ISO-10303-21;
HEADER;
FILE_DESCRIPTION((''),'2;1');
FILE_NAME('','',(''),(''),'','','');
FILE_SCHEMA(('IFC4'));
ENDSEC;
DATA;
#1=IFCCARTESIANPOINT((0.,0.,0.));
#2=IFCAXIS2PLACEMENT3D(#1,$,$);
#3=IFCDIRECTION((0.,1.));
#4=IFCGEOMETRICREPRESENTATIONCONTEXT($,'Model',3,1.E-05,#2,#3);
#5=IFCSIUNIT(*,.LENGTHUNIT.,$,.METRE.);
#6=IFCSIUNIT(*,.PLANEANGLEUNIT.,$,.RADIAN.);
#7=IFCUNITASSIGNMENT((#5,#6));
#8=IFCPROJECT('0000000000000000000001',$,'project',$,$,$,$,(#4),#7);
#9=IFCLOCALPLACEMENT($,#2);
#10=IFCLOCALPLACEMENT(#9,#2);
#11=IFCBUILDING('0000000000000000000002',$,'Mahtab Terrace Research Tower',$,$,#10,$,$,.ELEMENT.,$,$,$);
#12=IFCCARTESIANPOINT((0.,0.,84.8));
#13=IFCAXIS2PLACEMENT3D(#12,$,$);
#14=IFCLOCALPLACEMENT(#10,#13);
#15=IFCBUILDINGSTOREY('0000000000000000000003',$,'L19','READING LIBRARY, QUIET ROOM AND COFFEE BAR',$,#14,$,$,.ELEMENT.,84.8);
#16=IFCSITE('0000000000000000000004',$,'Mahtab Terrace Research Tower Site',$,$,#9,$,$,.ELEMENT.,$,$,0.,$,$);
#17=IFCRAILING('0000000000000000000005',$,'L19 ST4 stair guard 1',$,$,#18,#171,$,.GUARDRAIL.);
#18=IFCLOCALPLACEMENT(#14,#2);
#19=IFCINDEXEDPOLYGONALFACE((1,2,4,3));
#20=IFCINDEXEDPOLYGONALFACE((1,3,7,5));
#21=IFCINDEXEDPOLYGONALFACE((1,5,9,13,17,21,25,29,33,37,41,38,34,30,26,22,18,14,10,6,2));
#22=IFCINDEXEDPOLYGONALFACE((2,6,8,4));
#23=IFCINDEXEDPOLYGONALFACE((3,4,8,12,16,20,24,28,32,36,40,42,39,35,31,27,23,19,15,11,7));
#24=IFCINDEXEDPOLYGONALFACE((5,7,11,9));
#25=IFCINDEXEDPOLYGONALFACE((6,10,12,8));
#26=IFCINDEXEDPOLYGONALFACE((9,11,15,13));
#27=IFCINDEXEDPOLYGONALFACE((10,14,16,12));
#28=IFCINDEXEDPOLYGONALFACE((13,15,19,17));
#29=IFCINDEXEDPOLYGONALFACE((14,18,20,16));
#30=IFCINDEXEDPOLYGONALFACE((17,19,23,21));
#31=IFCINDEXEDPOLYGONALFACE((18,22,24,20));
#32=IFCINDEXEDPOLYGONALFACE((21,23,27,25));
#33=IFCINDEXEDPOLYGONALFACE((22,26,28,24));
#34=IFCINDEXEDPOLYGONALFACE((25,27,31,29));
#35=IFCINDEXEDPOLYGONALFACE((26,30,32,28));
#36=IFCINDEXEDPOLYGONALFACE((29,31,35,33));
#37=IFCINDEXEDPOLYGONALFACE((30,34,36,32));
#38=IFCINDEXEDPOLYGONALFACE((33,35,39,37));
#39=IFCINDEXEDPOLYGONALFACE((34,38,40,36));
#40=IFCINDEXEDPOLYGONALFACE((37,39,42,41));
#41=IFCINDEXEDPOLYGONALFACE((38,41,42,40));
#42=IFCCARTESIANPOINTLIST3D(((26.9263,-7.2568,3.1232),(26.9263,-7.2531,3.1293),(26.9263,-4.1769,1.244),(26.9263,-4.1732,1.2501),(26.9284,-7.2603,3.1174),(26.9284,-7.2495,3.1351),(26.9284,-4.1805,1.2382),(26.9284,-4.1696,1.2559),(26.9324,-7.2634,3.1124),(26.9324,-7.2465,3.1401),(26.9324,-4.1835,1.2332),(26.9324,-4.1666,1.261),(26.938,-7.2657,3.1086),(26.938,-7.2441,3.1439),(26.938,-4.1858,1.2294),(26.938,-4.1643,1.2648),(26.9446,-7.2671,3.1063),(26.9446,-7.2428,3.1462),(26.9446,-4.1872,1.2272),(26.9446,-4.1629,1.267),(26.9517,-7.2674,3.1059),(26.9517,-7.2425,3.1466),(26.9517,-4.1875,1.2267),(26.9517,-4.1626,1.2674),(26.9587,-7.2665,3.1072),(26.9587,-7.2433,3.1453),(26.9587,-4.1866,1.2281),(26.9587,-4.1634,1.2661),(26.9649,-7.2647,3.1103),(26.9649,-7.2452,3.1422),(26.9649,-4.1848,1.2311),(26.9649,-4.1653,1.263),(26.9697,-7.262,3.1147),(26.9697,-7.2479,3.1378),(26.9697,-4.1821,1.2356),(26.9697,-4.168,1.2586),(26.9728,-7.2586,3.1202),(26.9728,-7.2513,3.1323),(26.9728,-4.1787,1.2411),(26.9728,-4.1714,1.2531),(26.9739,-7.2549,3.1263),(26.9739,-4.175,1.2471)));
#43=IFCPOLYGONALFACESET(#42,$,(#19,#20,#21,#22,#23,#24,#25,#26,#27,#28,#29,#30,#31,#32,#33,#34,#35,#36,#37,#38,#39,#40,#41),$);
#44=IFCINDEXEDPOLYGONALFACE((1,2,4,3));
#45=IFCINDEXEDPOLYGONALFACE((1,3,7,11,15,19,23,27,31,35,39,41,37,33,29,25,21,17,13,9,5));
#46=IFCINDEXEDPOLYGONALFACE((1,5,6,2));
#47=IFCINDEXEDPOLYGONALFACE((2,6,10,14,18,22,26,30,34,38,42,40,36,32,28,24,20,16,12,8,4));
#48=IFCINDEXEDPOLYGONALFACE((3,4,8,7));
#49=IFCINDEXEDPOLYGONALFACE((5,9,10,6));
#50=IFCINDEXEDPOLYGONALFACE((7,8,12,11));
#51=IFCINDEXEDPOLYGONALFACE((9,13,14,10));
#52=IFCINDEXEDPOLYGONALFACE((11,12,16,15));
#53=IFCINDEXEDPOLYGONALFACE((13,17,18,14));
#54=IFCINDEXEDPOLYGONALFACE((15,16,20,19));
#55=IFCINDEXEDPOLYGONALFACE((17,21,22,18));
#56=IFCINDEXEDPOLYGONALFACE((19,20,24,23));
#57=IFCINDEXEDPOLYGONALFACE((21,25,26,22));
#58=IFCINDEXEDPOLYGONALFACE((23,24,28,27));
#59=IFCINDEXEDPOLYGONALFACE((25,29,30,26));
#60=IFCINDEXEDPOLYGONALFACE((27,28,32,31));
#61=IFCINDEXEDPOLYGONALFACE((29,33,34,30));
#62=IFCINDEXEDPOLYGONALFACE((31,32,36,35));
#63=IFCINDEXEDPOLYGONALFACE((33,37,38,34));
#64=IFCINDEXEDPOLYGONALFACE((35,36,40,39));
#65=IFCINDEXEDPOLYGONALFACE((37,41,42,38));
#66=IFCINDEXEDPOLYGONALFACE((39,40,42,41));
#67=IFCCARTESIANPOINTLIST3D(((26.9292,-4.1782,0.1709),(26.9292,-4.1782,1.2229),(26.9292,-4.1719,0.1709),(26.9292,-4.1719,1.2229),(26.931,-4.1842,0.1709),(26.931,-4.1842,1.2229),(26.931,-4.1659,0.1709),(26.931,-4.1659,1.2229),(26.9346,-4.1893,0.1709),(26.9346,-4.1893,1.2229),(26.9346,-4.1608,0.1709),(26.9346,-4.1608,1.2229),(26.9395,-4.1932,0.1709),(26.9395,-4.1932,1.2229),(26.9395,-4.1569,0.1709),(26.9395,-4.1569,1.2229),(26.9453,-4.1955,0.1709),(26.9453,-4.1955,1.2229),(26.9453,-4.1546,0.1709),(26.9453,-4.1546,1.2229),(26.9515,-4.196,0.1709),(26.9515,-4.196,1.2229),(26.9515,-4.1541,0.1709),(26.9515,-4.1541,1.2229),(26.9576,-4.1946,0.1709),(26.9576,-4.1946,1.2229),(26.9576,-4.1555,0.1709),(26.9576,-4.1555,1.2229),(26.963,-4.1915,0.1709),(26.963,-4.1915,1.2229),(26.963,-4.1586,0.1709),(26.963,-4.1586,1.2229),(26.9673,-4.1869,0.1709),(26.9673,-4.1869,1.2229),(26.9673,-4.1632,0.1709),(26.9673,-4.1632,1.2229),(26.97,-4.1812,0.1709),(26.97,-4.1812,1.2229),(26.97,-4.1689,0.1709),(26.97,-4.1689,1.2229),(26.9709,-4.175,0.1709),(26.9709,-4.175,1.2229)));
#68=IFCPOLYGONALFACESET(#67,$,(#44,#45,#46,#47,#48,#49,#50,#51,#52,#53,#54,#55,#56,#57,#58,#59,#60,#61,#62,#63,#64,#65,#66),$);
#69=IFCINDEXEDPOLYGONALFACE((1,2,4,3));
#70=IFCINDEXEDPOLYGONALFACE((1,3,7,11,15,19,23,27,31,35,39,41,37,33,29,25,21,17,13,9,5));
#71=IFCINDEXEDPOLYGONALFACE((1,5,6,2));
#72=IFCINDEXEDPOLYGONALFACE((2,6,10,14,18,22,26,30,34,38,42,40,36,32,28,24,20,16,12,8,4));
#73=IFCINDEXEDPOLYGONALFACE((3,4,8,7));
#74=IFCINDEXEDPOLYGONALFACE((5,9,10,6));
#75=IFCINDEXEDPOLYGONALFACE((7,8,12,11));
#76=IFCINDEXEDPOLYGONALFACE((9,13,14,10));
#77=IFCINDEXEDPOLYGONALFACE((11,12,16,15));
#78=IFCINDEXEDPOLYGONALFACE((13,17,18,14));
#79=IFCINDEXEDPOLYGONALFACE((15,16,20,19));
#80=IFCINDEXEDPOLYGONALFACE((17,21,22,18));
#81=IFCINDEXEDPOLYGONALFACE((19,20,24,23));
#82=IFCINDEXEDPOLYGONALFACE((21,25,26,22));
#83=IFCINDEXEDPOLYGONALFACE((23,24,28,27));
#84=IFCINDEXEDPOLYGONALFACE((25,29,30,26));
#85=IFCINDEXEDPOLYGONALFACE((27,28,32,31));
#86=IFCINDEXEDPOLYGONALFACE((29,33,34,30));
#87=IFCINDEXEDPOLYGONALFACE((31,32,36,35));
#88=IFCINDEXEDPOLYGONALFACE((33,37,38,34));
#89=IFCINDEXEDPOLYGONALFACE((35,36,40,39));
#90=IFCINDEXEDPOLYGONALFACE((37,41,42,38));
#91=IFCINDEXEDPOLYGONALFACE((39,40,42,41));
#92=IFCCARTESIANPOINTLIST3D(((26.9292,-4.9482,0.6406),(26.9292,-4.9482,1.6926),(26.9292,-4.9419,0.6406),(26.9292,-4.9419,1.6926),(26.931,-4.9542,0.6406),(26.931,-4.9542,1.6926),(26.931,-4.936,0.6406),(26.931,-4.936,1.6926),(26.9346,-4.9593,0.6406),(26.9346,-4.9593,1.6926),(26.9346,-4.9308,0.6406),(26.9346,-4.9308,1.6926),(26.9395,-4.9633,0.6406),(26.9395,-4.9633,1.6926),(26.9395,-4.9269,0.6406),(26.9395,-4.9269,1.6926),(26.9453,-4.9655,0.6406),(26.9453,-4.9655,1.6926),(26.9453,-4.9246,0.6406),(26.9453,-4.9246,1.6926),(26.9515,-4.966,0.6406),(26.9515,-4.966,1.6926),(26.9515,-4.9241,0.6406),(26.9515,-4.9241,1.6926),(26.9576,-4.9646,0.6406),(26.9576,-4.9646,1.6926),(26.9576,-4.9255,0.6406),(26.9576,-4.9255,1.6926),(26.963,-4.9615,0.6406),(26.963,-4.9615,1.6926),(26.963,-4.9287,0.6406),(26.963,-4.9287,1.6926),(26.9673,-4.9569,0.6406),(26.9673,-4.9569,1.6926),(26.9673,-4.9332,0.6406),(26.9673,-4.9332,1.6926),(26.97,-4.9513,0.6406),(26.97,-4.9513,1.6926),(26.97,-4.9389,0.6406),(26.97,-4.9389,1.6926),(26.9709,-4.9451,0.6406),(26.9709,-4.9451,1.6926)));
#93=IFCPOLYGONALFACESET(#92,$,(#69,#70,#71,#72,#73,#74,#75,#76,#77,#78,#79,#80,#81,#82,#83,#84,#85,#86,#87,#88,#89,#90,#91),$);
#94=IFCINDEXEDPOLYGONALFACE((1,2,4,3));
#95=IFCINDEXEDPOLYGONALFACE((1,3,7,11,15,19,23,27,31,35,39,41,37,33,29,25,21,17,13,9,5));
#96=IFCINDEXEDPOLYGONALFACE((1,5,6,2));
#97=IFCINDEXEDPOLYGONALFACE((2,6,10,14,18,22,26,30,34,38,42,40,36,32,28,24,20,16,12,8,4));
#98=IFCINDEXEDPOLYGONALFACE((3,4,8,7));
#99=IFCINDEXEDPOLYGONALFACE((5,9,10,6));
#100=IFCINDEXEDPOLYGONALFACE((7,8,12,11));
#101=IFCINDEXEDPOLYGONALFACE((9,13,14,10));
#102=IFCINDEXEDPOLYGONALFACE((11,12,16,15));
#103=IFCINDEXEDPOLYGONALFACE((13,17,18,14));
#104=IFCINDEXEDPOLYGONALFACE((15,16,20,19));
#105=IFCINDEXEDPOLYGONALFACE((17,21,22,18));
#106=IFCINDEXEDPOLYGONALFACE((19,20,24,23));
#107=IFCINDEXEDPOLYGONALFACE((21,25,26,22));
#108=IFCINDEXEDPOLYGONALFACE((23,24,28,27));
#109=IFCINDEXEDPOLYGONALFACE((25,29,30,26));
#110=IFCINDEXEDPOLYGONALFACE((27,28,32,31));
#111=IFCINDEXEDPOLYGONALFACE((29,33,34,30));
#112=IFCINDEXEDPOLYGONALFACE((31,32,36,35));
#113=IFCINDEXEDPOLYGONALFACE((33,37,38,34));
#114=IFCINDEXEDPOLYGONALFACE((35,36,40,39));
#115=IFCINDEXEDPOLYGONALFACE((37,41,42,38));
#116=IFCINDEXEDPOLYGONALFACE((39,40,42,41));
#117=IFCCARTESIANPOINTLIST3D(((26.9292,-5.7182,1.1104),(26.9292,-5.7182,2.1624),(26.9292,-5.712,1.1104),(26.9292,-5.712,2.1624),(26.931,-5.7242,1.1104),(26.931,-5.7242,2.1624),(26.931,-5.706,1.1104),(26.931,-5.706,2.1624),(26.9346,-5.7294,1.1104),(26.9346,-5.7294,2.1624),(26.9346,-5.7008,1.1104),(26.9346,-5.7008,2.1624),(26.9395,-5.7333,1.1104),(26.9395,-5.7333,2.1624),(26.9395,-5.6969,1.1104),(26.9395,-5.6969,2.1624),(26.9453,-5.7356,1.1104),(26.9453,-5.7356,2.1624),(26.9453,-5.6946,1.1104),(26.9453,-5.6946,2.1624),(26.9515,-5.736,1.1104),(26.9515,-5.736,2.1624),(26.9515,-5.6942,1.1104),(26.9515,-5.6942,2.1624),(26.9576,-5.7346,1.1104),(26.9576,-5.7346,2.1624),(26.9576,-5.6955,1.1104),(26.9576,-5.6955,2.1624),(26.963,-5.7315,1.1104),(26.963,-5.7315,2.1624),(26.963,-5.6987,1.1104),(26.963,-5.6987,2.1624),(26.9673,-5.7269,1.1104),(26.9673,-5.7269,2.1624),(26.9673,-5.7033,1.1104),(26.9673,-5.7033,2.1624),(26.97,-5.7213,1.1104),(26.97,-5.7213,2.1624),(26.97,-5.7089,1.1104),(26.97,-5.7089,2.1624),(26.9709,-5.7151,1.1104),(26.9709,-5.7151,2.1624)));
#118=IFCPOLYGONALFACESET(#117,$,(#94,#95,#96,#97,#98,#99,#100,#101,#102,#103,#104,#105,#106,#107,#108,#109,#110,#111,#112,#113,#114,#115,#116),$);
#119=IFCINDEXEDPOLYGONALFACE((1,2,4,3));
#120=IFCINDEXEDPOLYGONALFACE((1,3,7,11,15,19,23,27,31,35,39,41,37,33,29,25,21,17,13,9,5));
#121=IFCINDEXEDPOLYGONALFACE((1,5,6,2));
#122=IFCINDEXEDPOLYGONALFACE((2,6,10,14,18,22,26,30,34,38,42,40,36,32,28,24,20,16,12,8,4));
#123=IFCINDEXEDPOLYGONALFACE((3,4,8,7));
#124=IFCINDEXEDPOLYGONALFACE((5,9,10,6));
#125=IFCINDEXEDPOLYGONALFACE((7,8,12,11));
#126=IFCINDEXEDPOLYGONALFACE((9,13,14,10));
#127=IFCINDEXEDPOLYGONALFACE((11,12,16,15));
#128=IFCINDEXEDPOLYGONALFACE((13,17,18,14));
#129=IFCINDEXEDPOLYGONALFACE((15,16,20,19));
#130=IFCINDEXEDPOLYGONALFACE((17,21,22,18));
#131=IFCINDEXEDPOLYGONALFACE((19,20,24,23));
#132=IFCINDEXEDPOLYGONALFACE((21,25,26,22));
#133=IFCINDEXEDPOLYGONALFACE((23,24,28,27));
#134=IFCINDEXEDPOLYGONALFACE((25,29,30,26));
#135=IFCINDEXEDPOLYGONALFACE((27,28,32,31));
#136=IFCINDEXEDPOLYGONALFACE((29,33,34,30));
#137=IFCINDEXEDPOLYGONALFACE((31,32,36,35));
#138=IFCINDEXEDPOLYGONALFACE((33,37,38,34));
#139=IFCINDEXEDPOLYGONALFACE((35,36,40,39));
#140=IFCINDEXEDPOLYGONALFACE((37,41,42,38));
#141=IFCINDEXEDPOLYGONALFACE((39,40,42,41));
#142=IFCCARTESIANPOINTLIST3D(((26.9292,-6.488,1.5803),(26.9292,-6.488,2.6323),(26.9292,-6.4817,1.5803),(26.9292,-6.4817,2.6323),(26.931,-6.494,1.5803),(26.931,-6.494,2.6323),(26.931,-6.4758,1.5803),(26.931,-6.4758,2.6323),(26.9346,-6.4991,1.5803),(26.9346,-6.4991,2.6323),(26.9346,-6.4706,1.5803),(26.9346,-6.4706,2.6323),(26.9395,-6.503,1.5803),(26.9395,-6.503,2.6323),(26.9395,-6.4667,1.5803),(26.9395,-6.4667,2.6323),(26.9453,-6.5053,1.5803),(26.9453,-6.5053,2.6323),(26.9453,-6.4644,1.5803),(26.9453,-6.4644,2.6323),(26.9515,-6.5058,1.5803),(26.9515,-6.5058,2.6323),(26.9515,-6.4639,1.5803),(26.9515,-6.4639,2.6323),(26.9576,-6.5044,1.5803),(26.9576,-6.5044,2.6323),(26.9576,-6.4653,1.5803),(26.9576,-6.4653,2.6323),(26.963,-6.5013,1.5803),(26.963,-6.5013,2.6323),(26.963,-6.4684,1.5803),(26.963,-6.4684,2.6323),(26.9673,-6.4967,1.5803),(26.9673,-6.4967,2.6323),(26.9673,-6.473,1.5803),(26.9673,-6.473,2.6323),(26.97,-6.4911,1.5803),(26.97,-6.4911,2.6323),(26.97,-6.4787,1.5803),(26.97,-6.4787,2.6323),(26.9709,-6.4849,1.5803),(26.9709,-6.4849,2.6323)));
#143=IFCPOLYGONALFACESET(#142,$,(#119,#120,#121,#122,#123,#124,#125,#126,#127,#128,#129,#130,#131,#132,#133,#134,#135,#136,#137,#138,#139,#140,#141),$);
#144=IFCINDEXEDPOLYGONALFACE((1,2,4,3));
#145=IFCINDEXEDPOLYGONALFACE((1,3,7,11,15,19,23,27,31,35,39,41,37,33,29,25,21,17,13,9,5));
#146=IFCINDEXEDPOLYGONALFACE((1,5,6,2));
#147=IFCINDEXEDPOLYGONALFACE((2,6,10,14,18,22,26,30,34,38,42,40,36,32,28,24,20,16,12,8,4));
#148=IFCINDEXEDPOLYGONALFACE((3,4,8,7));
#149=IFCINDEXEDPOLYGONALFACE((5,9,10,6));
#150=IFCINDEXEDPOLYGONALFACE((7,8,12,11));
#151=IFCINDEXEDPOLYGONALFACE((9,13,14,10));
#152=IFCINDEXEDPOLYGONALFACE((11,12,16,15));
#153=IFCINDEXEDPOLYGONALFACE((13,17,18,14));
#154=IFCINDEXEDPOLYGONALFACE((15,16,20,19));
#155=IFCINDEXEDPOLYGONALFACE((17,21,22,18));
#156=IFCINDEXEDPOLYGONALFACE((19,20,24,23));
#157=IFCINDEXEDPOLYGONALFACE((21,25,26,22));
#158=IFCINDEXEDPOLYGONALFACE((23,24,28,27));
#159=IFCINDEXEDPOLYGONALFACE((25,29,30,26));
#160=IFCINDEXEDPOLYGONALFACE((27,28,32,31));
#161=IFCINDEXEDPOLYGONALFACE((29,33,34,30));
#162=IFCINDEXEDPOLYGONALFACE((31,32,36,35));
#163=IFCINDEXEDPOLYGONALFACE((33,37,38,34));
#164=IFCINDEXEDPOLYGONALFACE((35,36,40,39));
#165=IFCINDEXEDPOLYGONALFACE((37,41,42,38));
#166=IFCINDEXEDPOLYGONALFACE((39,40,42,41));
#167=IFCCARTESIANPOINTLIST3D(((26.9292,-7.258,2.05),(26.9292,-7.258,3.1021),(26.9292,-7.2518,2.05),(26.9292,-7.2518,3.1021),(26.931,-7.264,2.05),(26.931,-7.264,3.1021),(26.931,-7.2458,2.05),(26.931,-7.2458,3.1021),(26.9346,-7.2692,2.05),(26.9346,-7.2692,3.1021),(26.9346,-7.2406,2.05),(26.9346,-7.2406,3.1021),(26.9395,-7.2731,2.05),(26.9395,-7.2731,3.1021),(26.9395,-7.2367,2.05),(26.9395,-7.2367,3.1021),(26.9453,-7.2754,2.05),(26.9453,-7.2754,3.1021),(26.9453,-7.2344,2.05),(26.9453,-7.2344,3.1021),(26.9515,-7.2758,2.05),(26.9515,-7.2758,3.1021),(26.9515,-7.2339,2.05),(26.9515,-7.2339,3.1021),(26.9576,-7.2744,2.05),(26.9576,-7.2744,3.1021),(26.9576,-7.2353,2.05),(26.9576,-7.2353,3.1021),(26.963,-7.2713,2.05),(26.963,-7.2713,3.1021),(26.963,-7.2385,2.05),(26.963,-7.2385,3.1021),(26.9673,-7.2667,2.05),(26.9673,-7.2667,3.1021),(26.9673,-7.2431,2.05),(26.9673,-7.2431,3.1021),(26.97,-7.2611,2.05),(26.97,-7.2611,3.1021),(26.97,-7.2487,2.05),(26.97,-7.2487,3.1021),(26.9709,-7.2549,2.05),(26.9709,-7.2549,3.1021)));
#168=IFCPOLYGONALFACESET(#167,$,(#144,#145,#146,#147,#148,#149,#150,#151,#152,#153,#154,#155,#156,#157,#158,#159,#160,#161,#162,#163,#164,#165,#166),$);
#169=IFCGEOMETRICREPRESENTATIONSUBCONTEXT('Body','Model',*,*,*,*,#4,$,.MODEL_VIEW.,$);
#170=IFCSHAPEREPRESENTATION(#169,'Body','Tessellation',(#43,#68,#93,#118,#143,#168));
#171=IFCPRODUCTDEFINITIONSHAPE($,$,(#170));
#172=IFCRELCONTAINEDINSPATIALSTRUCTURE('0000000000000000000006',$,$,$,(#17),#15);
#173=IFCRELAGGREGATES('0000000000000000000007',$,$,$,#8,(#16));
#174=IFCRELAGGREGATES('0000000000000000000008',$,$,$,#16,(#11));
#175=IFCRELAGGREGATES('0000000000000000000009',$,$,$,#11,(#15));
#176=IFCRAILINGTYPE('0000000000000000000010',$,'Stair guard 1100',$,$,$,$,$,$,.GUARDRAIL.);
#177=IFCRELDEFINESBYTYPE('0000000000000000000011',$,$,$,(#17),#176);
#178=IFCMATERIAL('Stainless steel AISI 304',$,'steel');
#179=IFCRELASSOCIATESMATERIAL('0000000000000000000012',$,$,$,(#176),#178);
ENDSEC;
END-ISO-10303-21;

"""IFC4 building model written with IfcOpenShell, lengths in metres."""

from ifc_helpers import new_model, si_unit, direction, frame, origin, origin_2d, place, context, subcontext, project, spatial, circle, extrude, material, type_object, element, save


model = new_model("IFC4")

# Units and contexts
model_context = context("Model", 3, precision=1e-05, world=origin(), true_north=direction((0.0, 1.0)))
body_context = subcontext(model_context, "Body", "Model", "MODEL_VIEW")
ifc_project = project(units=[si_unit("LENGTHUNIT", "METRE"), si_unit("PLANEANGLEUNIT", "RADIAN")], contexts=[model_context])

# Site, building, storey
site_placement = place(None, origin())
site = spatial("IfcSite", under=ifc_project, at=site_placement, Name="Mahtab Terrace Research Tower Site", CompositionType="ELEMENT", RefElevation=0.0)
building_placement = place(site_placement, origin())
building = spatial("IfcBuilding", under=site, at=building_placement, Name="Mahtab Terrace Research Tower", CompositionType="ELEMENT")
storey_placement = place(building_placement, frame((0.0, 0.0, 84.8)))
storey = spatial("IfcBuildingStorey", under=building, at=storey_placement, Name="L19", Description="READING LIBRARY, QUIET ROOM AND COFFEE BAR", CompositionType="ELEMENT", Elevation=84.8)

# Railing
ifc_material_1 = material(Name="Stainless steel AISI 304", Category="steel")
railing_type_1 = type_object("IfcRailingType", Name="Stair guard 1100", PredefinedType="GUARDRAIL", material=ifc_material_1)
railing_1_placement = place(storey_placement, frame((26.95, -4.175, 0.1709)))
element("IfcRailing", 1, at=railing_1_placement, inside=storey, type_object=railing_type_1, Name="L19 ST4 stair guard 1", PredefinedType="GUARDRAIL", context=body_context, shape_type="SweptSolid", body=[
    extrude(circle(Radius=0.0239, at=origin_2d()), frame((0.0, 0.0, 1.0762), z_axis=(0.0, -0.853648, 0.52085), x_axis=(1.0, 0.0, 0.0)), (0.0, 0.0, 1.0), 3.6079),
    extrude(circle(Radius=0.021, at=origin_2d()), origin(), (0.0, 0.0, 1.0), 1.052),
    extrude(circle(Radius=0.021, at=origin_2d()), frame((0.0, -0.77, 0.4697)), (0.0, 0.0, 1.0), 1.052),
    extrude(circle(Radius=0.021, at=origin_2d()), frame((0.0, -1.54, 0.9395)), (0.0, 0.0, 1.0), 1.052),
    extrude(circle(Radius=0.021, at=origin_2d()), frame((0.0, -2.3098, 1.4094)), (0.0, 0.0, 1.0), 1.052),
    extrude(circle(Radius=0.021, at=origin_2d()), frame((0.0, -3.0798, 1.8792)), (0.0, 0.0, 1.0), 1.052),
])

save(model, "model.ifc")
